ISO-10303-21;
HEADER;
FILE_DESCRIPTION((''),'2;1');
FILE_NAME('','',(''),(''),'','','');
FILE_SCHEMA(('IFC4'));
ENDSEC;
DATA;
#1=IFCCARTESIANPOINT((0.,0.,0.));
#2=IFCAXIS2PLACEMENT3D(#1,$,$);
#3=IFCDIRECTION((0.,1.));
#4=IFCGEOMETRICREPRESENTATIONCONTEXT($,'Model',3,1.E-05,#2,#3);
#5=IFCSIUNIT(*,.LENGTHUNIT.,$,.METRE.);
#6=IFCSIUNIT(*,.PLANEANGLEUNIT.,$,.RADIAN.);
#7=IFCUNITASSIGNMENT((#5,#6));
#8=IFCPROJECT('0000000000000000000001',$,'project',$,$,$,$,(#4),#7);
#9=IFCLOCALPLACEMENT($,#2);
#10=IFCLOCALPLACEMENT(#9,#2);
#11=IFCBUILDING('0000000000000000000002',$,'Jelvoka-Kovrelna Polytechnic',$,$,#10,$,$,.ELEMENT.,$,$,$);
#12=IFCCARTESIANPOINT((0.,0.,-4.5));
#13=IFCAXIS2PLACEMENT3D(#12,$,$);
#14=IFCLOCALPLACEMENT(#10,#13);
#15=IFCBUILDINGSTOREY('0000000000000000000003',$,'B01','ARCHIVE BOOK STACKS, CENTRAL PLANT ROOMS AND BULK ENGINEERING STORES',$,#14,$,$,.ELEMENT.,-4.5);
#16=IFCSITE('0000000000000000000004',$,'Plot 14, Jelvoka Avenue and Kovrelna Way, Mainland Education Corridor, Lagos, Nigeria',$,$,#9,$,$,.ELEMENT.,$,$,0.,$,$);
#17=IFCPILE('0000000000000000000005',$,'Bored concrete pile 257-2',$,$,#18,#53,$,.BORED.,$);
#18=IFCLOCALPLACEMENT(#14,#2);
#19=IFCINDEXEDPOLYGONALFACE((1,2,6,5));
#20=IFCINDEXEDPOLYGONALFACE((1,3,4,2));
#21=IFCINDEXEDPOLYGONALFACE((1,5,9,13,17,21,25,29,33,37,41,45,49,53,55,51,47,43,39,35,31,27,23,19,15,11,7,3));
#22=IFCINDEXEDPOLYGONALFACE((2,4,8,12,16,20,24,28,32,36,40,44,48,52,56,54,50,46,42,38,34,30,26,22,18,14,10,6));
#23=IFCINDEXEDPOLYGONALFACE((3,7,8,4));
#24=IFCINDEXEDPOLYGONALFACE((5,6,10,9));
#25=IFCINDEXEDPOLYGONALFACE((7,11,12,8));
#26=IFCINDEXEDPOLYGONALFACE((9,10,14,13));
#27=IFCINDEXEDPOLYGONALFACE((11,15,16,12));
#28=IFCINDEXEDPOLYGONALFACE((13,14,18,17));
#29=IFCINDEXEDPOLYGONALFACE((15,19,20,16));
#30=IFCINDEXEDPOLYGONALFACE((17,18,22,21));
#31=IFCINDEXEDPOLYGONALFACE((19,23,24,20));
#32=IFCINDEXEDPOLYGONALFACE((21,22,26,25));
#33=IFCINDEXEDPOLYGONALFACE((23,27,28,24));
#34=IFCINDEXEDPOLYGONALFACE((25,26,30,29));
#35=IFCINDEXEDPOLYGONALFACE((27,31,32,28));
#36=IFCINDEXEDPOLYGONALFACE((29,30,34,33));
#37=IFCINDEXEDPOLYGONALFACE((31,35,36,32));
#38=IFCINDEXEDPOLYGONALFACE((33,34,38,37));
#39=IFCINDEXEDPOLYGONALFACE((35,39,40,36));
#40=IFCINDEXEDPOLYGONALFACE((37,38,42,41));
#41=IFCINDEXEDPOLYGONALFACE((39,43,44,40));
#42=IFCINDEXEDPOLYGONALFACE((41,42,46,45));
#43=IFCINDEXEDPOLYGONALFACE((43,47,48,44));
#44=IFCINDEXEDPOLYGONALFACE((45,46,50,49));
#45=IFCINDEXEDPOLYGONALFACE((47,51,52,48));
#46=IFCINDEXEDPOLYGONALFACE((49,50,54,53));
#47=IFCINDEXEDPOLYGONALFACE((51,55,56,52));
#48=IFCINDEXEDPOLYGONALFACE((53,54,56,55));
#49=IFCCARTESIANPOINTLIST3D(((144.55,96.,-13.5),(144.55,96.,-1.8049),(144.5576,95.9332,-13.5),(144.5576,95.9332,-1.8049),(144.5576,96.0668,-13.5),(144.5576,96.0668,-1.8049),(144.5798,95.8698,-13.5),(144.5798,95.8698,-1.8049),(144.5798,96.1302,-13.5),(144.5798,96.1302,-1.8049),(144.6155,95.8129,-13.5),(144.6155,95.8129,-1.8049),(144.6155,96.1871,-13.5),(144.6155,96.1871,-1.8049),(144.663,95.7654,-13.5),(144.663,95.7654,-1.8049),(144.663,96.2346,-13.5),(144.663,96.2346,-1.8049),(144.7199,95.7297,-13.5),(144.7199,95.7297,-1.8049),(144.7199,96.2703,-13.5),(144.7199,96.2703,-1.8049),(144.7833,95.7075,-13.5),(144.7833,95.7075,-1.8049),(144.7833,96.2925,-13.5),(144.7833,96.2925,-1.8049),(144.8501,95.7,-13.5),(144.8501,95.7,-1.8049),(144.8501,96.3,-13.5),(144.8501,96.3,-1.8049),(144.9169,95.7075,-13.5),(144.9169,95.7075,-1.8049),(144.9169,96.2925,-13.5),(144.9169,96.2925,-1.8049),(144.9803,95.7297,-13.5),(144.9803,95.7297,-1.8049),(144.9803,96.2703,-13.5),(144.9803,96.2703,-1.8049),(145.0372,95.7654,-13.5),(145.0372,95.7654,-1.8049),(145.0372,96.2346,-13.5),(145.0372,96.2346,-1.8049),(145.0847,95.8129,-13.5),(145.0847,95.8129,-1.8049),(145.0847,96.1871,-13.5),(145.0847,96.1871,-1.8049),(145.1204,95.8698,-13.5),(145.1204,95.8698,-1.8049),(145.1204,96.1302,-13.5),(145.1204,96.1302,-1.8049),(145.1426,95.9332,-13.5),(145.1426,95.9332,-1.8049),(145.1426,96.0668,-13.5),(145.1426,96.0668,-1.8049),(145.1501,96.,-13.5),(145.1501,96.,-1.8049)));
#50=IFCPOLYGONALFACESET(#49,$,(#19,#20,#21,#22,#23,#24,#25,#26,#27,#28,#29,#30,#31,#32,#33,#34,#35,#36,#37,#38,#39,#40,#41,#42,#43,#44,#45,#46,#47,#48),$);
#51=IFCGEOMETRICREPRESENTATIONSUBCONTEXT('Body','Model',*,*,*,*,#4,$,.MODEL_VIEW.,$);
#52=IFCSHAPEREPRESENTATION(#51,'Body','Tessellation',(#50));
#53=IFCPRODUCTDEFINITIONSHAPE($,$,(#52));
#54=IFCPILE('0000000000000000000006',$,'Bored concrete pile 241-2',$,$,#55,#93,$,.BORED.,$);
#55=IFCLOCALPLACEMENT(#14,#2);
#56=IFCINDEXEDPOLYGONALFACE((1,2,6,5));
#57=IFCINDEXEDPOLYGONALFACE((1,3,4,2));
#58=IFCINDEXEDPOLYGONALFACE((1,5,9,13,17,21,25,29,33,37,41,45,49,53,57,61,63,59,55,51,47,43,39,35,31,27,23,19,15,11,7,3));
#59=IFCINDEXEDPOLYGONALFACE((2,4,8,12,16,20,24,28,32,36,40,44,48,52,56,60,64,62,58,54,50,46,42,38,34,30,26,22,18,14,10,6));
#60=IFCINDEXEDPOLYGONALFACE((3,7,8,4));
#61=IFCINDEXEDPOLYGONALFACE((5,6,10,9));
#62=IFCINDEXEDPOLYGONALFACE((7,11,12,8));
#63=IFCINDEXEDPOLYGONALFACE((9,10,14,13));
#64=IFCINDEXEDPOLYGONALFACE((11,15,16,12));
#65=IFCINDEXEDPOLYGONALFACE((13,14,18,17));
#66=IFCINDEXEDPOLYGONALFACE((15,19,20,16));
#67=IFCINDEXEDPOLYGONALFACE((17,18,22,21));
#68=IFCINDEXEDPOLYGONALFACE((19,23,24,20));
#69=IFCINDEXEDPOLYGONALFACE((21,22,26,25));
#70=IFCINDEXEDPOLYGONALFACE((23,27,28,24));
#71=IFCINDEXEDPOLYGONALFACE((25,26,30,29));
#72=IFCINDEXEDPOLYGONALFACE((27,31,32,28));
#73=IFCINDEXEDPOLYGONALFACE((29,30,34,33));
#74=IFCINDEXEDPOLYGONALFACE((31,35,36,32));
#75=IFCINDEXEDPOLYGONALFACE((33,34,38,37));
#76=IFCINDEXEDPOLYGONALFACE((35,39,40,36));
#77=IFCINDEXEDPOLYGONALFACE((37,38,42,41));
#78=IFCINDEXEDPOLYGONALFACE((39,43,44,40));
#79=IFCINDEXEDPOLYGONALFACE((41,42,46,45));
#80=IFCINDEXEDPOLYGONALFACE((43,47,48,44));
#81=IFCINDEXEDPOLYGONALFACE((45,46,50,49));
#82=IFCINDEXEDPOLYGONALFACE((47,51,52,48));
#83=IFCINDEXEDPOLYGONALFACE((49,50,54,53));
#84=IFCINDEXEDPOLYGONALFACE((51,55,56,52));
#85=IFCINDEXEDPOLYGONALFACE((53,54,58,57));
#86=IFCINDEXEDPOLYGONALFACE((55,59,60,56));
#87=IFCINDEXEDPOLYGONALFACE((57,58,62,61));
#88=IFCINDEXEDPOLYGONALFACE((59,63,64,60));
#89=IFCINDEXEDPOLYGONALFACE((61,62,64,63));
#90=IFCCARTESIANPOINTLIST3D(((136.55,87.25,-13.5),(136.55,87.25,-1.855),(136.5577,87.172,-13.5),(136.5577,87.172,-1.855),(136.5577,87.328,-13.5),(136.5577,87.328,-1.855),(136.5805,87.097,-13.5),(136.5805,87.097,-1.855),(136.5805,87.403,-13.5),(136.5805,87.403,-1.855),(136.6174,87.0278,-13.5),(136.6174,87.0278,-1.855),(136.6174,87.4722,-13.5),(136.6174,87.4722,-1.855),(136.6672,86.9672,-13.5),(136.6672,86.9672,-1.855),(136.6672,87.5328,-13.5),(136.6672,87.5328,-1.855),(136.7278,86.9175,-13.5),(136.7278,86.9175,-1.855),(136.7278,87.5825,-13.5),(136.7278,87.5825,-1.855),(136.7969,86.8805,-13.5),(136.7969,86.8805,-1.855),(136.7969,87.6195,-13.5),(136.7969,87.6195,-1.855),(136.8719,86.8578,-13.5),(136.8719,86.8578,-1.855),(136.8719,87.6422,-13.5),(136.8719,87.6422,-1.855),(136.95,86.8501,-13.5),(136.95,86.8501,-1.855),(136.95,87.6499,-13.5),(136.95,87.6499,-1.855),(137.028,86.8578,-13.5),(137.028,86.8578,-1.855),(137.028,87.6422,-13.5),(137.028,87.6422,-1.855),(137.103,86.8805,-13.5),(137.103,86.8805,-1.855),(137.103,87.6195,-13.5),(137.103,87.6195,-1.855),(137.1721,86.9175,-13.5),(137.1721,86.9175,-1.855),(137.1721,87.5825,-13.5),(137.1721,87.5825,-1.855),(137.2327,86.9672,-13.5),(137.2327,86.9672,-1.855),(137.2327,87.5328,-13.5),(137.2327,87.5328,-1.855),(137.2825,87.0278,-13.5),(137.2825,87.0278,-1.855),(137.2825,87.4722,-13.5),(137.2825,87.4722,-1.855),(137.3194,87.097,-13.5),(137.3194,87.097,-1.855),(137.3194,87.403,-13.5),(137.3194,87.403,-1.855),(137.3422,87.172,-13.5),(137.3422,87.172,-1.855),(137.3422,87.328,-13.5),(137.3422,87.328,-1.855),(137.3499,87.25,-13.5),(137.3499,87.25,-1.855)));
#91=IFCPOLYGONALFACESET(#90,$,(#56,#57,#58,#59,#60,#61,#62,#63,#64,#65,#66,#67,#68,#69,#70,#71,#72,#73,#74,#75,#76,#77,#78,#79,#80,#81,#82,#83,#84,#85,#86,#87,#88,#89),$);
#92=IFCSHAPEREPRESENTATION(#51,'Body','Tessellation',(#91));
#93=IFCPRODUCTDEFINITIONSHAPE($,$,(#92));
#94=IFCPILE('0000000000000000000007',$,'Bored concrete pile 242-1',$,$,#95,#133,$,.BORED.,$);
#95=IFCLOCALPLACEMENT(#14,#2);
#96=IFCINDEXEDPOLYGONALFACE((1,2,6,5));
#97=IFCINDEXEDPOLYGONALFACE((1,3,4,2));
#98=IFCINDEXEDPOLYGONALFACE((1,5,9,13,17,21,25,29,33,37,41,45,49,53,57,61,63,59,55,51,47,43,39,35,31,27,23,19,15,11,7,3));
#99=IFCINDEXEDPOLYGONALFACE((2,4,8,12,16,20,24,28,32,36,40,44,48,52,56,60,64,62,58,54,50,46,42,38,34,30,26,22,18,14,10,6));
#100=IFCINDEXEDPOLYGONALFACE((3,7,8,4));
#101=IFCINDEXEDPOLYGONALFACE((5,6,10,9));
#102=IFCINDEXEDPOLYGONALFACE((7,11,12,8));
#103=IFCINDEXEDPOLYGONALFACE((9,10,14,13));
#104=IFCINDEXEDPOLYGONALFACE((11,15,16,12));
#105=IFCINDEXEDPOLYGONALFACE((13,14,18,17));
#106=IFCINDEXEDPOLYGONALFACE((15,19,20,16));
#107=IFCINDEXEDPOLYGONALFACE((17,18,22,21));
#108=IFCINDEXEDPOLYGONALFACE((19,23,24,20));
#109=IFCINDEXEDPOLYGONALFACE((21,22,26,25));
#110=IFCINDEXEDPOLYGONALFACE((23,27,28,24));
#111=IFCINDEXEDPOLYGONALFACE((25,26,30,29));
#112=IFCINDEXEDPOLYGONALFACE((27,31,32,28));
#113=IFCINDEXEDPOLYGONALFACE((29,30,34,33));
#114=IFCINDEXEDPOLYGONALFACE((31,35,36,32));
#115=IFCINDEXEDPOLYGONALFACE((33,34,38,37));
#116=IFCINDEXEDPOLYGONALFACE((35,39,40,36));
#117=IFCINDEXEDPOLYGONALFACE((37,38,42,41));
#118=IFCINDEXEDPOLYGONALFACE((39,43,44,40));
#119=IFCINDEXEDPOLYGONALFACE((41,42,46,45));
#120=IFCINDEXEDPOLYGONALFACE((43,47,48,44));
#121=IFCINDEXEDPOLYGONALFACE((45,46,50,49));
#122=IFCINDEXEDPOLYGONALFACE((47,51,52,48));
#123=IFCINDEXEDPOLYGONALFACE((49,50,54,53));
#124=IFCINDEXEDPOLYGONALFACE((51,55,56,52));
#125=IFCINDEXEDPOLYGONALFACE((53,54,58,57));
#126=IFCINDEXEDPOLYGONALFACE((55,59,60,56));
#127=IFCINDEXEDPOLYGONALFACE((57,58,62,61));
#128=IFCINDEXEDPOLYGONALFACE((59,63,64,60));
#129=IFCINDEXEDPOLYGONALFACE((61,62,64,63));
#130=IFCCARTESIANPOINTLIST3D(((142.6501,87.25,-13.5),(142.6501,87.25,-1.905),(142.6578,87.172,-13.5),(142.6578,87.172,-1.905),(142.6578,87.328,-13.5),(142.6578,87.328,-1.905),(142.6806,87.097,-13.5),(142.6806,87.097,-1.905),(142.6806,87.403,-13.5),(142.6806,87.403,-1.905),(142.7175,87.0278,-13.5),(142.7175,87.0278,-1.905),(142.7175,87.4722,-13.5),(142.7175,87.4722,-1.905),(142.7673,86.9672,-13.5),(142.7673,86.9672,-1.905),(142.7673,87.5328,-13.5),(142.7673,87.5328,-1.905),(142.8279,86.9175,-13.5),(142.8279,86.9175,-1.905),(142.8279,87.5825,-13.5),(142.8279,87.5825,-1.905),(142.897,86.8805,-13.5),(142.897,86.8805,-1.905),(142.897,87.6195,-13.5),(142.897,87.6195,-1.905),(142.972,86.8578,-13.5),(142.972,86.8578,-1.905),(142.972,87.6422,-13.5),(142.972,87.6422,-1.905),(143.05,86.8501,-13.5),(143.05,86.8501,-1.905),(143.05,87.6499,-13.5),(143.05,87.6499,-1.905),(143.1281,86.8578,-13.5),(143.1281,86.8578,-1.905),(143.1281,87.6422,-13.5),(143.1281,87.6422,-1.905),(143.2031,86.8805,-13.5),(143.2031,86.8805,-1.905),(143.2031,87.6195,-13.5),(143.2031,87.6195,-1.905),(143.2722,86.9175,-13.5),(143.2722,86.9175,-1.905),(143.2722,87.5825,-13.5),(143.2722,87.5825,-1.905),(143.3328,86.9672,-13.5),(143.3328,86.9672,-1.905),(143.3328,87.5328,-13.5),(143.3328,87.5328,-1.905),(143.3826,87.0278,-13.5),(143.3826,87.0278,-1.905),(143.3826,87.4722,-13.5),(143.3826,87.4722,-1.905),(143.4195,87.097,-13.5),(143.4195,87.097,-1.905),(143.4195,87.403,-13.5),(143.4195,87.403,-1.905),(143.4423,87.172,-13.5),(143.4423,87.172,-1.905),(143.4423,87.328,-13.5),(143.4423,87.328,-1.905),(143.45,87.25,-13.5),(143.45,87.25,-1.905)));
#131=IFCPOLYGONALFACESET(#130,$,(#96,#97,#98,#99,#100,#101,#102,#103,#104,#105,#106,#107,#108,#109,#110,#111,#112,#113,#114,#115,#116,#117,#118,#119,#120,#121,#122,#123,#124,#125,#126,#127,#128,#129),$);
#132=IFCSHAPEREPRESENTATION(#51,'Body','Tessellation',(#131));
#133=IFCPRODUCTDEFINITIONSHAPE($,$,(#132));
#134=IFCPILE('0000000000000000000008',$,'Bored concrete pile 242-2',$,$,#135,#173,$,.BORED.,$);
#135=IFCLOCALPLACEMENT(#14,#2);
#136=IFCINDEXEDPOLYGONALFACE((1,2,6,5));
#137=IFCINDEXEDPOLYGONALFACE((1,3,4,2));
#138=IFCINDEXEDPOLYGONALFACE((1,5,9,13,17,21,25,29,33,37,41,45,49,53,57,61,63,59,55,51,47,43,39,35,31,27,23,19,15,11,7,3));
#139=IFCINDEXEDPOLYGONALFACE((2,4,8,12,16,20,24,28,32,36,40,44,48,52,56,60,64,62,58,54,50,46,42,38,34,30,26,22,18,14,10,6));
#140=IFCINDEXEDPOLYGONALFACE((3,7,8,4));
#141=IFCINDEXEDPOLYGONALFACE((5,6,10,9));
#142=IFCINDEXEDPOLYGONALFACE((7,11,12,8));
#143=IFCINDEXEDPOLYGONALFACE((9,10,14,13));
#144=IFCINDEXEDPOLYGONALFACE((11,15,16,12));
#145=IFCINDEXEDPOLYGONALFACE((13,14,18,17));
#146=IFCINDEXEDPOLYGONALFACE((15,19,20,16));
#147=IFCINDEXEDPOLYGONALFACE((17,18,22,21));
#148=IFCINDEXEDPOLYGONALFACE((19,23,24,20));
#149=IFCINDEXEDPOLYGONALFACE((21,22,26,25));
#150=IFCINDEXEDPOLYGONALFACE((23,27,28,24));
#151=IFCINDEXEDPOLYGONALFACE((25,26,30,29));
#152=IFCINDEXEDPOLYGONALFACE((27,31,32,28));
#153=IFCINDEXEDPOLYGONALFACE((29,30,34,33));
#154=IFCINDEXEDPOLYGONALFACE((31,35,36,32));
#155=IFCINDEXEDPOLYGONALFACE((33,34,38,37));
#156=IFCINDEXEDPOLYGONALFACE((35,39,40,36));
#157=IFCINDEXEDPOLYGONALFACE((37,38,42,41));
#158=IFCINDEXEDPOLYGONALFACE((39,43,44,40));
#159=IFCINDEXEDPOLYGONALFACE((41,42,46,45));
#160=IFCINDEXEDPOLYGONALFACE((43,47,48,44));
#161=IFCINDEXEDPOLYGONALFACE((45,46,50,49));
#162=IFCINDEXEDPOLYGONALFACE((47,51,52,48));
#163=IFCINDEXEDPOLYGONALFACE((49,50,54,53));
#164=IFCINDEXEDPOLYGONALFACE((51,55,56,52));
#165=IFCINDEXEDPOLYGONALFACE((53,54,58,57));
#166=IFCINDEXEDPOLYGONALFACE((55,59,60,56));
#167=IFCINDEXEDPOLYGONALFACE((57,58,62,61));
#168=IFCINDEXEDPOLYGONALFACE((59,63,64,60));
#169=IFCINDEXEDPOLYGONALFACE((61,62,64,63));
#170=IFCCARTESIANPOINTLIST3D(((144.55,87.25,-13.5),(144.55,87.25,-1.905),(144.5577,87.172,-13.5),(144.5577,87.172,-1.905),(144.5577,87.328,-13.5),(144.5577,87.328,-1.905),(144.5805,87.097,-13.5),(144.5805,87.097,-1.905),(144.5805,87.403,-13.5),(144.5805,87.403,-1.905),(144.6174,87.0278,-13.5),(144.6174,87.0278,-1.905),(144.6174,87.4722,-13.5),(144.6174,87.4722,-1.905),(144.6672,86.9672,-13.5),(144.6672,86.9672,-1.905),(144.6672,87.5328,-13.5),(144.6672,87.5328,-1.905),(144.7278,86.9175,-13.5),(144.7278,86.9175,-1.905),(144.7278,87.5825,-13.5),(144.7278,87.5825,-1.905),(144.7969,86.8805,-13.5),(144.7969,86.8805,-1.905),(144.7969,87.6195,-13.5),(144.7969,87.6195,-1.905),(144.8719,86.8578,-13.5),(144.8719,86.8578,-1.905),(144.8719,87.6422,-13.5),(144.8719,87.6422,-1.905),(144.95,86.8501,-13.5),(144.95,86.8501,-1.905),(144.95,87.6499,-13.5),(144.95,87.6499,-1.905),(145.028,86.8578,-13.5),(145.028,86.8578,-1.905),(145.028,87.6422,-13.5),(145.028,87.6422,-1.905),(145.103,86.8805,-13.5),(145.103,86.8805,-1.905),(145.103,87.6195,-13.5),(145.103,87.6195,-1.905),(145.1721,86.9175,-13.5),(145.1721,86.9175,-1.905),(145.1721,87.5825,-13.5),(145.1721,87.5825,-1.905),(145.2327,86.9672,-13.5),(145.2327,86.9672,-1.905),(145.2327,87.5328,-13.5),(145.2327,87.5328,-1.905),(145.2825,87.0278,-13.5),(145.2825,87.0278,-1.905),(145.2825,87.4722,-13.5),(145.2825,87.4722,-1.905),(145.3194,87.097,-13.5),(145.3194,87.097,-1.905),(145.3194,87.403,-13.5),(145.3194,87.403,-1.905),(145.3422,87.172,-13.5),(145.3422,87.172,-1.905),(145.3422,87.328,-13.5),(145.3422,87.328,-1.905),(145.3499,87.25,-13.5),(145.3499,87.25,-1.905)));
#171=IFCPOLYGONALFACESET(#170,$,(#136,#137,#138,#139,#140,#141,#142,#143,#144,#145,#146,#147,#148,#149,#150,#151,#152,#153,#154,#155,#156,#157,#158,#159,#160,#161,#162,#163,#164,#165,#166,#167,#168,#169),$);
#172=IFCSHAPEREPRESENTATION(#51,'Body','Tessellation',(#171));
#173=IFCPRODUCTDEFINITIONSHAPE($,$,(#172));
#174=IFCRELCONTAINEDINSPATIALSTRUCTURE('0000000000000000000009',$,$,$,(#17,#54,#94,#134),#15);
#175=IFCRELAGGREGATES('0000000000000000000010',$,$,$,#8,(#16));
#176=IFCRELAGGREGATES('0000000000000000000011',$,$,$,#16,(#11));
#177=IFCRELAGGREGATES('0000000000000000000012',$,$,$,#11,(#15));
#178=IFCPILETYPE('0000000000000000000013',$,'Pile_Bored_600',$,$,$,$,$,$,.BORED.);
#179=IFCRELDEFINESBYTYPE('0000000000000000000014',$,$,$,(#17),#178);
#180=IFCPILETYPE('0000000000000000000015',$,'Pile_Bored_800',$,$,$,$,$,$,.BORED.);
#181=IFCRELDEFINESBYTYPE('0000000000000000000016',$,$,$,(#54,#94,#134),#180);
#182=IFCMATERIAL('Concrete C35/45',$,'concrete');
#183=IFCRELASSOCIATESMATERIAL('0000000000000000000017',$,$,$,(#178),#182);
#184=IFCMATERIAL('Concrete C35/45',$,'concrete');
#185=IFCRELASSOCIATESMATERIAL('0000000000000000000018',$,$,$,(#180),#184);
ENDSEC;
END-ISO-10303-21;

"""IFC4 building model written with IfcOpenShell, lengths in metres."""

from ifc_helpers import new_model, si_unit, direction, frame, origin, origin_2d, place, context, subcontext, project, spatial, circle, extrude, material, material_profile, profile_set, type_object, element, save


model = new_model("IFC4")

# Units and contexts
model_context = context("Model", 3, precision=1e-05, world=origin(), true_north=direction((0.0, 1.0)))
body_context = subcontext(model_context, "Body", "Model", "MODEL_VIEW")
ifc_project = project(units=[si_unit("LENGTHUNIT", "METRE"), si_unit("PLANEANGLEUNIT", "RADIAN")], contexts=[model_context])

# Site, building, storey
site_placement = place(None, origin())
site = spatial("IfcSite", under=ifc_project, at=site_placement, Name="Plot 14, Jelvoka Avenue and Kovrelna Way, Mainland Education Corridor, Lagos, Nigeria", CompositionType="ELEMENT", RefElevation=0.0)
building_placement = place(site_placement, origin())
building = spatial("IfcBuilding", under=site, at=building_placement, Name="Jelvoka-Kovrelna Polytechnic", CompositionType="ELEMENT")
storey_placement = place(building_placement, frame((0.0, 0.0, -4.5)))
storey = spatial("IfcBuildingStorey", under=building, at=storey_placement, Name="B01", Description="ARCHIVE BOOK STACKS, CENTRAL PLANT ROOMS AND BULK ENGINEERING STORES", CompositionType="ELEMENT", Elevation=-4.5)

# Piles
ifc_material_1 = material(Name="Concrete C35/45", Category="concrete")
ifc_material_profile_1 = material_profile(ifc_material_1, circle(Radius=0.3, at=origin_2d()), Name="PILE D600")
ifc_profile_set_1 = profile_set([ifc_material_profile_1], Name="Concrete C35/45")
pile_type_1 = type_object("IfcPileType", Name="Pile_Bored_600", PredefinedType="BORED", material=ifc_profile_set_1)
for number, where, z_axis, x_axis, name in (
    (1, (144.8501, 96.0, -1.8049), (0.0, 0.0, -1.0), (1.0, 0.0, 0.0), "Bored concrete pile 257-2"),
):
    element("IfcPile", number, at=place(storey_placement, frame(where, z_axis=z_axis, x_axis=x_axis)), inside=storey, type_object=pile_type_1, Name=name, PredefinedType="BORED", context=body_context, shape_type="SweptSolid", body=[
        extrude(circle(Radius=0.3, at=origin_2d()), origin(), (0.0, 0.0, 1.0), 11.6951),
    ])
ifc_material_2 = material(Name="Concrete C35/45", Category="concrete")
ifc_material_profile_2 = material_profile(ifc_material_2, circle(Radius=0.3999, at=origin_2d()), Name="PILE D800")
ifc_profile_set_2 = profile_set([ifc_material_profile_2], Name="Concrete C35/45")
pile_type_2 = type_object("IfcPileType", Name="Pile_Bored_800", PredefinedType="BORED", material=ifc_profile_set_2)
pile_1_placement = place(storey_placement, frame((136.95, 87.25, -1.855), z_axis=(0.0, 0.0, -1.0), x_axis=(1.0, 0.0, 0.0)))
element("IfcPile", 2, at=pile_1_placement, inside=storey, type_object=pile_type_2, Name="Bored concrete pile 241-2", PredefinedType="BORED", context=body_context, shape_type="SweptSolid", body=[
    extrude(circle(Radius=0.3999, at=origin_2d()), origin(), (0.0, 0.0, 1.0), 11.645),
])
for number, where, z_axis, x_axis, name in (
    (3, (143.05, 87.25, -1.905), (0.0, 0.0, -1.0), (1.0, 0.0, 0.0), "Bored concrete pile 242-1"),
    (4, (144.95, 87.25, -1.905), (0.0, 0.0, -1.0), (1.0, 0.0, 0.0), "Bored concrete pile 242-2"),
):
    element("IfcPile", number, at=place(storey_placement, frame(where, z_axis=z_axis, x_axis=x_axis)), inside=storey, type_object=pile_type_2, Name=name, PredefinedType="BORED", context=body_context, shape_type="SweptSolid", body=[
        extrude(circle(Radius=0.3999, at=origin_2d()), origin(), (0.0, 0.0, 1.0), 11.595),
    ])

save(model, "model.ifc")
